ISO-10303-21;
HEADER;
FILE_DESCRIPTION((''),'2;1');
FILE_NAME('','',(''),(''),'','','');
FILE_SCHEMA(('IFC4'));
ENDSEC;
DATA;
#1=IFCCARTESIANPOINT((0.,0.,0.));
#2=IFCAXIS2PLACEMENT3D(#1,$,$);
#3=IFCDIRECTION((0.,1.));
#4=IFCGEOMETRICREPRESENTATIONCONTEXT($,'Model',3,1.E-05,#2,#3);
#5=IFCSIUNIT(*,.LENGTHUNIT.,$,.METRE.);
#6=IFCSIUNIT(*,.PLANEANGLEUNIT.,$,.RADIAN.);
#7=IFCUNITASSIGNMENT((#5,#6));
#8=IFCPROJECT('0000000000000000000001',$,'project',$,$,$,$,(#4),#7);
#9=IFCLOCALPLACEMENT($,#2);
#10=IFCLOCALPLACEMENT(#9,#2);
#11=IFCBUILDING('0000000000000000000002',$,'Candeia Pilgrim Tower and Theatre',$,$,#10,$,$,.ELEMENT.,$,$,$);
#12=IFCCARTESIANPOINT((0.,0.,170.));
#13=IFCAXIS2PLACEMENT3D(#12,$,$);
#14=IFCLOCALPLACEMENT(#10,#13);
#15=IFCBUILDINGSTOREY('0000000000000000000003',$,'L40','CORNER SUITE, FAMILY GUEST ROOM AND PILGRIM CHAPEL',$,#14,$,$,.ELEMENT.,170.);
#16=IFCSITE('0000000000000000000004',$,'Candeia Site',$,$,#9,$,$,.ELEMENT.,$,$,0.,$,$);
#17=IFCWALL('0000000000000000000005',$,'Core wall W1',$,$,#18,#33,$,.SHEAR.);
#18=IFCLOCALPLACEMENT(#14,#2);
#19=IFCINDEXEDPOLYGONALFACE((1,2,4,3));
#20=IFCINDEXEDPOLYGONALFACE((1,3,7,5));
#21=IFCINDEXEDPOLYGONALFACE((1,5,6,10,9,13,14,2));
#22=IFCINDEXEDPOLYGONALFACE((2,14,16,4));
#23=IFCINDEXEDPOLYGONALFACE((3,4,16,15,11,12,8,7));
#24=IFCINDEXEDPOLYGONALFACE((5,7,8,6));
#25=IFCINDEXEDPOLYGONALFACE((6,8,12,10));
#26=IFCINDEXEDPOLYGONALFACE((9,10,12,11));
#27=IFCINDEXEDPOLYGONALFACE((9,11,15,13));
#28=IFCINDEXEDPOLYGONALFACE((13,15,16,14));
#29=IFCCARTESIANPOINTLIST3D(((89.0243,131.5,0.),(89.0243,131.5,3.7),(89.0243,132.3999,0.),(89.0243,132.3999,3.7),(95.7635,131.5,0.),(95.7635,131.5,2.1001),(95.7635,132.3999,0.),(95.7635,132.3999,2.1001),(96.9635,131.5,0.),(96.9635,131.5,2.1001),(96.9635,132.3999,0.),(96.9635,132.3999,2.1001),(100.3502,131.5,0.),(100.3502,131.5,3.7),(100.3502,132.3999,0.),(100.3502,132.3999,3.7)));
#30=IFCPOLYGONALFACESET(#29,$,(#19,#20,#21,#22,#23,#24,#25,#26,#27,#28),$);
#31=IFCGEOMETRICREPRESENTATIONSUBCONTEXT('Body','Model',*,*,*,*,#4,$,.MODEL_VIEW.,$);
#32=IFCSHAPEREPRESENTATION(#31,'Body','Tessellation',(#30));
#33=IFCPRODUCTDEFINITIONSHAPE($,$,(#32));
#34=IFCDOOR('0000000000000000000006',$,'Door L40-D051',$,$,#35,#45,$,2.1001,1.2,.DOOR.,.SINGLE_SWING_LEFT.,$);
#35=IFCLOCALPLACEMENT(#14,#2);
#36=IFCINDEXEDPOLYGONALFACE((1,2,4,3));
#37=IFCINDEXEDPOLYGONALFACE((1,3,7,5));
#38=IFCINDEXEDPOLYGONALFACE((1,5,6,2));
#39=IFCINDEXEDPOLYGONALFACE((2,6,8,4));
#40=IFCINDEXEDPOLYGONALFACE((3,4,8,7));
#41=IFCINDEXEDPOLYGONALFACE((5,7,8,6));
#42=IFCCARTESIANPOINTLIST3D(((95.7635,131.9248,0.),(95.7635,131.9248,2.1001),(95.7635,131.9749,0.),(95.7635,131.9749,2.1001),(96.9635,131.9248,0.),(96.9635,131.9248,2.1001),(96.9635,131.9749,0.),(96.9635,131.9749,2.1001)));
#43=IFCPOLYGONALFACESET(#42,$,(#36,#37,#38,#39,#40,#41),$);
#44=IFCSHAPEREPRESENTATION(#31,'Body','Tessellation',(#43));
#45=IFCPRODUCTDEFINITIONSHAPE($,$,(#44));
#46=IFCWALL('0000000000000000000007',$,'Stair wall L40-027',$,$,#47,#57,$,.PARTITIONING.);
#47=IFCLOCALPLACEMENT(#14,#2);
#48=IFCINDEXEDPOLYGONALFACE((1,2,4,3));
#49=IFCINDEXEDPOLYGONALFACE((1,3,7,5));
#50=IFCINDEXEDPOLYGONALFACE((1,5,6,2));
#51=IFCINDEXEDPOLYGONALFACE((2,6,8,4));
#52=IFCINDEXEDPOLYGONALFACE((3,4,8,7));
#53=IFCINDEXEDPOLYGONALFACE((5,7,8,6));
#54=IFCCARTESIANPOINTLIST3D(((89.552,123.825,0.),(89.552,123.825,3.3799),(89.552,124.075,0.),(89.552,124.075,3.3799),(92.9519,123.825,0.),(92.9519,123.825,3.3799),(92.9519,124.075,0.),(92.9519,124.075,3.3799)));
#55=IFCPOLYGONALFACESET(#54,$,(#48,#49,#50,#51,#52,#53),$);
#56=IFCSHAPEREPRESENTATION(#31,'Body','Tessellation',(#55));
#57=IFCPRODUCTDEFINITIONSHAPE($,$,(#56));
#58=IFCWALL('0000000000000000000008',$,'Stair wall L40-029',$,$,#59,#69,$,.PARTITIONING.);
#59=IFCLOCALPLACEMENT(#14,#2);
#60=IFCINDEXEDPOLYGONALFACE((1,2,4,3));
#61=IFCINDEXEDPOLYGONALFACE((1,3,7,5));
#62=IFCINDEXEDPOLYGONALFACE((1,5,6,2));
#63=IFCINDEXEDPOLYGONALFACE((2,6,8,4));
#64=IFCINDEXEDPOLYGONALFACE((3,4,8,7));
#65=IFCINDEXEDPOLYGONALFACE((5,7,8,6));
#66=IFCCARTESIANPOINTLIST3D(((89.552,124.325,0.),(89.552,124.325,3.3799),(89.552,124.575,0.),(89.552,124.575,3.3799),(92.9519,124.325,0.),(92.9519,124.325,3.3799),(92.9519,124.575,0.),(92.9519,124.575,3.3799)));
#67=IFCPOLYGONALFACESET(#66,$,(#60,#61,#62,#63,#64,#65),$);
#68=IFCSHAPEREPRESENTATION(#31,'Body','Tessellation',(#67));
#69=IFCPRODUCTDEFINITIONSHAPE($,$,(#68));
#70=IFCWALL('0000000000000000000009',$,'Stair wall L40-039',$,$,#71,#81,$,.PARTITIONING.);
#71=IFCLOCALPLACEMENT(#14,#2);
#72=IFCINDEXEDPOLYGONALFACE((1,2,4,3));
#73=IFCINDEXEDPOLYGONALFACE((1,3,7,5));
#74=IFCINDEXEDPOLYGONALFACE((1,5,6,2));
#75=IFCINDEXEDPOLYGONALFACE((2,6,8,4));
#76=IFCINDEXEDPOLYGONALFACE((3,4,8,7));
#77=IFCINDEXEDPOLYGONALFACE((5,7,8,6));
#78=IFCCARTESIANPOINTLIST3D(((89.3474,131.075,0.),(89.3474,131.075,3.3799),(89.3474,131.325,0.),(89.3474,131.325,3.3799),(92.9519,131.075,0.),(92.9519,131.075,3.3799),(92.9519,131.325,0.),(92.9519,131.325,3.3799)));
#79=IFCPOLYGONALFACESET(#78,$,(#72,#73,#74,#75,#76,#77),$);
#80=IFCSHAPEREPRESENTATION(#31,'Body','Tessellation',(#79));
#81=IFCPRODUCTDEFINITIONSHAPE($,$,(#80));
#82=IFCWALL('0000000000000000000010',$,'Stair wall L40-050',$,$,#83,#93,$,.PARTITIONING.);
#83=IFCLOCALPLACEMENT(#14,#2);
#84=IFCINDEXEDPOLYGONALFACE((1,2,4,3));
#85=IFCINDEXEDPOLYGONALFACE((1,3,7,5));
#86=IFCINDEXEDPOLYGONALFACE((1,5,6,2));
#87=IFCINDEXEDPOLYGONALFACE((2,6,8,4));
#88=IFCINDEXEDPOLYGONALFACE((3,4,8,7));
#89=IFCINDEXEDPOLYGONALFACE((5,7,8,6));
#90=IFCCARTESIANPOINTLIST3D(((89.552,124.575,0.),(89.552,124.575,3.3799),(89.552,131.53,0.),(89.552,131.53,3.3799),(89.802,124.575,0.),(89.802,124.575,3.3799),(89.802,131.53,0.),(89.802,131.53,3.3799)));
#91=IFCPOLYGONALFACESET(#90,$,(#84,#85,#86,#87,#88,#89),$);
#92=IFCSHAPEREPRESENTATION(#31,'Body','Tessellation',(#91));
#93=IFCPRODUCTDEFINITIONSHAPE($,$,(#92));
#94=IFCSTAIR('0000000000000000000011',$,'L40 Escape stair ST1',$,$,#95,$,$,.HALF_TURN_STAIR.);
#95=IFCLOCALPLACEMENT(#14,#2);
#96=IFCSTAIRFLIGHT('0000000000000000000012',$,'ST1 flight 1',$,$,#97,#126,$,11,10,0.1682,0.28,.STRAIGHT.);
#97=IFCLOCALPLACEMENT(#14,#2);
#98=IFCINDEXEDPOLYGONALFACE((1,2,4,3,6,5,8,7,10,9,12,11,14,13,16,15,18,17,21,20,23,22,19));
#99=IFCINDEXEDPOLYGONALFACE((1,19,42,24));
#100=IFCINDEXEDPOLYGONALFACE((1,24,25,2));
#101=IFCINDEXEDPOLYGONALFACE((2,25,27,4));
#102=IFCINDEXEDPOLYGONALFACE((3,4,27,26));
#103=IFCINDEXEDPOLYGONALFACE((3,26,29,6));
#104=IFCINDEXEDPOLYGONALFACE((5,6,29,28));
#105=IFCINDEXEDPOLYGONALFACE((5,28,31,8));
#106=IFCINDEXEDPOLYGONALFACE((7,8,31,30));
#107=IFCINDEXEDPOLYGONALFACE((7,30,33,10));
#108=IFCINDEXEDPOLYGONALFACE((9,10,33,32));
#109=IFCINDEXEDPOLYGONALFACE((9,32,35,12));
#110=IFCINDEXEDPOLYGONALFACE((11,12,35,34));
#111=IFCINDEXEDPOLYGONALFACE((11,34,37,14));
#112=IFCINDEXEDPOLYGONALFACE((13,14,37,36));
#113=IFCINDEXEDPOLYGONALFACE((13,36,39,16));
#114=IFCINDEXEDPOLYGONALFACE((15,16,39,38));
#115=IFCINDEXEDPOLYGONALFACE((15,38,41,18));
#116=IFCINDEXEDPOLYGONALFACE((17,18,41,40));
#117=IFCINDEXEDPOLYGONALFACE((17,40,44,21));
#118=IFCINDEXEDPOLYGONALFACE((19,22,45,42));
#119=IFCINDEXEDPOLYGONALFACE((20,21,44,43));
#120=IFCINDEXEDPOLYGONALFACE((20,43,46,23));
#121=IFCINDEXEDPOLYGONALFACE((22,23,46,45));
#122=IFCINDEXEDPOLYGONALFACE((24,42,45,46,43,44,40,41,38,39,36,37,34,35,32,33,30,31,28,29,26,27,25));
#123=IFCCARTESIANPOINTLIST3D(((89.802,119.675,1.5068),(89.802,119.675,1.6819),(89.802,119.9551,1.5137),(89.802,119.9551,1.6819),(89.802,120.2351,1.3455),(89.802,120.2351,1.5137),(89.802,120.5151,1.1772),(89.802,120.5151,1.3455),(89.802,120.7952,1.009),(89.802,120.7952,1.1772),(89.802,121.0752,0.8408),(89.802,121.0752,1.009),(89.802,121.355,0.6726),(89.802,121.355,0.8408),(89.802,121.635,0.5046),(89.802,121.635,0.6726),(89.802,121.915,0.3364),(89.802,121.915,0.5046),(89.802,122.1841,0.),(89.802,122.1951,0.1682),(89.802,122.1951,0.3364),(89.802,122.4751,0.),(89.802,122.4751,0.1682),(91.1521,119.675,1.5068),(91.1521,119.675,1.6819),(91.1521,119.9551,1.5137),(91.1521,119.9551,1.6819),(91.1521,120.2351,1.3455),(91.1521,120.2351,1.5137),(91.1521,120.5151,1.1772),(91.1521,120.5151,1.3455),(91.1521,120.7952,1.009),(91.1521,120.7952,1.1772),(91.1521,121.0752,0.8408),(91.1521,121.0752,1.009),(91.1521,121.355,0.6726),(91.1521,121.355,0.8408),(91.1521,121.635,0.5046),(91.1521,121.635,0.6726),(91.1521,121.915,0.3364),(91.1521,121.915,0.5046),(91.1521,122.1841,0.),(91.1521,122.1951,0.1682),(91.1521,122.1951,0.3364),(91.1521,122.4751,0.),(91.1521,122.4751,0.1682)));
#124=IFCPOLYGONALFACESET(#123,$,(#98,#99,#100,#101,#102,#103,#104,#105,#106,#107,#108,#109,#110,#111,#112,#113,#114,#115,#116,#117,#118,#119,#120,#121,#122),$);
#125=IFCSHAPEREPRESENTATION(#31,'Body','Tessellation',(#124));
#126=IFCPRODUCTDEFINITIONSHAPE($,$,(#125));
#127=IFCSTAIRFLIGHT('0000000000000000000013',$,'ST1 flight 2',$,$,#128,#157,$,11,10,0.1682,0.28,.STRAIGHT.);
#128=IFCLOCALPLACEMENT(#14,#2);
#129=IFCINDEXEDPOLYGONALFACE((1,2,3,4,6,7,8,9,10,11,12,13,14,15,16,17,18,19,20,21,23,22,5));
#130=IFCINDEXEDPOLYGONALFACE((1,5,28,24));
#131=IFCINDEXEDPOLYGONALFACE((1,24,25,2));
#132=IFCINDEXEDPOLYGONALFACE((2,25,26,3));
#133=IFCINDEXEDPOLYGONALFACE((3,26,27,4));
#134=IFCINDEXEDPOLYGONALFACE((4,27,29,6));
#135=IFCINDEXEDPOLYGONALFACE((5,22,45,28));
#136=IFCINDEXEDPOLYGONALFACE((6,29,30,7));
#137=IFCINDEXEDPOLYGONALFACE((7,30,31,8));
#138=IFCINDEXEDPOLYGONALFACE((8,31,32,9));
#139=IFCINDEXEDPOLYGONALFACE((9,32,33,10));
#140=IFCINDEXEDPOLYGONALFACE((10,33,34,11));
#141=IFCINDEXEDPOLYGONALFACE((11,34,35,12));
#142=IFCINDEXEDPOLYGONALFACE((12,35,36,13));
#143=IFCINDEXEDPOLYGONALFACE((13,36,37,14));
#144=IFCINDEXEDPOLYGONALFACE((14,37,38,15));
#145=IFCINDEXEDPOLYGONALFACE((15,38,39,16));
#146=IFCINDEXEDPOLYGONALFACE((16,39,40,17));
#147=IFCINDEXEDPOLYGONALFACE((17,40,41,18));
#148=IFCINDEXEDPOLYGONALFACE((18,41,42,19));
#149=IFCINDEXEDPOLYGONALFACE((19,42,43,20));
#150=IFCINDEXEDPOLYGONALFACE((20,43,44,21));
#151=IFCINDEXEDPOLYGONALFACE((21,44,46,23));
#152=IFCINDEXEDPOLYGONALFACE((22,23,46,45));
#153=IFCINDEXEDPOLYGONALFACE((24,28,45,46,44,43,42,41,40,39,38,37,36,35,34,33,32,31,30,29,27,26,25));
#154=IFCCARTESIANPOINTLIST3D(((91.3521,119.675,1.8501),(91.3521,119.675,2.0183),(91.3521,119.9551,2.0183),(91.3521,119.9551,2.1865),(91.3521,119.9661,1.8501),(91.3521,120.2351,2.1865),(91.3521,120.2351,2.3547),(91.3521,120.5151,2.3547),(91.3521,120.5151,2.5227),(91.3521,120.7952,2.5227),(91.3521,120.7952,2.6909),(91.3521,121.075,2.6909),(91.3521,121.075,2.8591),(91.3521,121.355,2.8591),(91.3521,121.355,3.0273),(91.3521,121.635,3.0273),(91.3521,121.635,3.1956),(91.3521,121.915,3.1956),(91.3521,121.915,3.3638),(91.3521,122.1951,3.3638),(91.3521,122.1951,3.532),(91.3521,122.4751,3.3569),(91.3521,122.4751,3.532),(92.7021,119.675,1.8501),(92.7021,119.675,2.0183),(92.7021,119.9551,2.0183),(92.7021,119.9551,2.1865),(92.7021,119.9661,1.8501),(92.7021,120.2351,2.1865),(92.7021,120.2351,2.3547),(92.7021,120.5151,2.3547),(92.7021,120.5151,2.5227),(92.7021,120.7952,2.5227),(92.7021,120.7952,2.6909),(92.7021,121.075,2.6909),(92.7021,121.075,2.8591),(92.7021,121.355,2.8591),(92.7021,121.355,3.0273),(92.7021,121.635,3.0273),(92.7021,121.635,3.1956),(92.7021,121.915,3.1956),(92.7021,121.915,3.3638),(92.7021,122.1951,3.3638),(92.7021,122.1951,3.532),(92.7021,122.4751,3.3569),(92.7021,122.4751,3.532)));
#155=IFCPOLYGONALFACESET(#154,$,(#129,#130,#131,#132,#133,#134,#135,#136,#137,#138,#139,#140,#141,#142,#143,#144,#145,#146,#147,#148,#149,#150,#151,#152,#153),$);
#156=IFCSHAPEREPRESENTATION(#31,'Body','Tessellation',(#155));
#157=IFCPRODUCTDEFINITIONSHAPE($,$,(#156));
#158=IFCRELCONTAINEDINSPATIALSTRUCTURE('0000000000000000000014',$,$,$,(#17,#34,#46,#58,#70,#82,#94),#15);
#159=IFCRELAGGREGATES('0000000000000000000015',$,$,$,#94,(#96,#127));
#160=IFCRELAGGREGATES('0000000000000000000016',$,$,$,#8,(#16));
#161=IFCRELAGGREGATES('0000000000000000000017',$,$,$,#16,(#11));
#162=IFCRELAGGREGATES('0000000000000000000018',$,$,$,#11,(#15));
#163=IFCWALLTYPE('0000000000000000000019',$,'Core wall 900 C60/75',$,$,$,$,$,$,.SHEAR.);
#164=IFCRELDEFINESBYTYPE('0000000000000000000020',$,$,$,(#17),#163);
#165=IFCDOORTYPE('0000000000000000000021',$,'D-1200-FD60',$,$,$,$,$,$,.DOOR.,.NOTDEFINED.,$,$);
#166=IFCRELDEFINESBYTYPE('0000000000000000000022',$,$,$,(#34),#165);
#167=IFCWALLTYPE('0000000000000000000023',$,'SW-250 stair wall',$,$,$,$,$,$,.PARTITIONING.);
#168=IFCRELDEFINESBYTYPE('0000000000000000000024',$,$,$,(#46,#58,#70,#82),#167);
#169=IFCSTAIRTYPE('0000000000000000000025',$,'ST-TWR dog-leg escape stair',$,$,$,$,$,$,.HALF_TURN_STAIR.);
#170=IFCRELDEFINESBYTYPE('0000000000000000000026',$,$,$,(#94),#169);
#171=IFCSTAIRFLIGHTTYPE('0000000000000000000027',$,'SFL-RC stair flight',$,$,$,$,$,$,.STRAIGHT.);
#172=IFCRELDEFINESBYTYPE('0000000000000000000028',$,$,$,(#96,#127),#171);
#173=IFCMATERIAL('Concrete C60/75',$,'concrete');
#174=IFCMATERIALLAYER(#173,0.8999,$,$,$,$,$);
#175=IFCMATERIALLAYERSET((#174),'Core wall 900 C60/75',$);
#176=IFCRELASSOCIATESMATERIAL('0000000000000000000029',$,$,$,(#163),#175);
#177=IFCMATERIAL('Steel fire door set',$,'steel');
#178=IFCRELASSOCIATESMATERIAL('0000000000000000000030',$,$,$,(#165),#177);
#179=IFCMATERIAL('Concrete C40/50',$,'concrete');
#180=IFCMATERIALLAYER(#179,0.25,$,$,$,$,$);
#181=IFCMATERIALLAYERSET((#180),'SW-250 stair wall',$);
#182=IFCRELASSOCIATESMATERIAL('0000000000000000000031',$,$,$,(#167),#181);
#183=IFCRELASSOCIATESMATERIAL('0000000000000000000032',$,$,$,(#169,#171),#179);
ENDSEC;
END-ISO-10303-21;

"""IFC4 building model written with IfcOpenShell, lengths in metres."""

from ifc_helpers import new_model, si_unit, direction, frame, frame_2d, origin, place, context, subcontext, project, spatial, polyline, rectangle, outline, extrude, material, layer, layer_set, type_object, element, fill, aggregate, save


model = new_model("IFC4")

# Units and contexts
model_context = context("Model", 3, precision=1e-05, world=origin(), true_north=direction((0.0, 1.0)))
body_context = subcontext(model_context, "Body", "Model", "MODEL_VIEW")
ifc_project = project(units=[si_unit("LENGTHUNIT", "METRE"), si_unit("PLANEANGLEUNIT", "RADIAN")], contexts=[model_context])

# Site, building, storey
site_placement = place(None, origin())
site = spatial("IfcSite", under=ifc_project, at=site_placement, Name="Candeia Site", CompositionType="ELEMENT", RefElevation=0.0)
building_placement = place(site_placement, origin())
building = spatial("IfcBuilding", under=site, at=building_placement, Name="Candeia Pilgrim Tower and Theatre", CompositionType="ELEMENT")
storey_placement = place(building_placement, frame((0.0, 0.0, 170.0)))
storey = spatial("IfcBuildingStorey", under=building, at=storey_placement, Name="L40", Description="CORNER SUITE, FAMILY GUEST ROOM AND PILGRIM CHAPEL", CompositionType="ELEMENT", Elevation=170.0)

# Wall, opening, door
ifc_material_1 = material(Name="Concrete C60/75", Category="concrete")
ifc_layer_1 = layer(ifc_material_1, 0.8999)
ifc_layer_set_1 = layer_set([ifc_layer_1], Name="Core wall 900 C60/75")
wall_type_1 = type_object("IfcWallType", Name="Core wall 900 C60/75", PredefinedType="SHEAR", material=ifc_layer_set_1)
wall_1_placement = place(storey_placement, frame((89.0242, 131.95, 0.0), z_axis=(0.0, 0.0, 1.0), x_axis=(1.0, 0.0, 0.0)))
wall_1 = element("IfcWall", 1, at=wall_1_placement, inside=storey, type_object=wall_type_1, Name="Core wall W1", PredefinedType="SHEAR", context=body_context, shape_type="SweptSolid", body=[
    extrude(rectangle(XDim=11.3259, YDim=0.8999, at=frame_2d((5.6631, 0.0))), origin(), (0.0, 0.0, 1.0), 3.7),
])
opening_placement = place(wall_1_placement, frame((6.7393, 0.0, 0.0)))
opening = element("IfcOpeningElement", 2, at=opening_placement, cuts=wall_1, PredefinedType="OPENING", context=body_context, shape_type="SweptSolid", body=[
    extrude(rectangle(XDim=1.2, YDim=2.1001, at=frame_2d((0.6001, 1.05))), frame((0.0, 0.46, 0.0), z_axis=(0.0, -1.0, 0.0), x_axis=(1.0, 0.0, 0.0)), (0.0, 0.0, 1.0), 0.9199),
])
ifc_material_2 = material(Name="Steel fire door set", Category="steel")
door_type = type_object("IfcDoorType", Name="D-1200-FD60", OperationType="NOTDEFINED", PredefinedType="DOOR", material=ifc_material_2)
door_placement = place(opening_placement, origin())
door = element("IfcDoor", 3, at=door_placement, inside=storey, type_object=door_type, Name="Door L40-D051", OperationType="SINGLE_SWING_LEFT", OverallHeight=2.1001, OverallWidth=1.2, PredefinedType="DOOR", context=body_context, shape_type="SweptSolid", body=[
    extrude(rectangle(XDim=1.2, YDim=2.1001, at=frame_2d((0.6001, 1.05))), frame((0.0, 0.0249, 0.0), z_axis=(0.0, -1.0, 0.0), x_axis=(1.0, 0.0, 0.0)), (0.0, 0.0, 1.0), 0.05),
])
fill(opening, door)

# Walls
ifc_material_3 = material(Name="Concrete C40/50", Category="concrete")
ifc_layer_2 = layer(ifc_material_3, 0.25)
ifc_layer_set_2 = layer_set([ifc_layer_2], Name="SW-250 stair wall")
wall_type_2 = type_object("IfcWallType", Name="SW-250 stair wall", PredefinedType="PARTITIONING", material=ifc_layer_set_2)
for number, where, z_axis, x_axis, name in (
    (4, (89.552, 123.95, 0.0), (0.0, 0.0, 1.0), (1.0, 0.0, 0.0), "Stair wall L40-027"),
    (5, (89.552, 124.45, 0.0), (0.0, 0.0, 1.0), (1.0, 0.0, 0.0), "Stair wall L40-029"),
):
    element("IfcWall", number, at=place(storey_placement, frame(where, z_axis=z_axis, x_axis=x_axis)), inside=storey, type_object=wall_type_2, Name=name, PredefinedType="PARTITIONING", context=body_context, shape_type="SweptSolid", body=[
        extrude(rectangle(XDim=3.3999, YDim=0.25, at=frame_2d((1.7, 0.0))), origin(), (0.0, 0.0, 1.0), 3.3799),
    ])
wall_2_placement = place(storey_placement, frame((89.3474, 131.2, 0.0), z_axis=(0.0, 0.0, 1.0), x_axis=(1.0, 0.0, 0.0)))
element("IfcWall", 6, at=wall_2_placement, inside=storey, type_object=wall_type_2, Name="Stair wall L40-039", PredefinedType="PARTITIONING", context=body_context, shape_type="SweptSolid", body=[
    extrude(rectangle(XDim=3.6045, YDim=0.25, at=frame_2d((1.8022, 0.0))), origin(), (0.0, 0.0, 1.0), 3.3799),
])
wall_3_placement = place(storey_placement, frame((89.677, 124.575, 0.0), z_axis=(0.0, 0.0, 1.0), x_axis=(0.0, 1.0, 0.0)))
element("IfcWall", 7, at=wall_3_placement, inside=storey, type_object=wall_type_2, Name="Stair wall L40-050", PredefinedType="PARTITIONING", context=body_context, shape_type="SweptSolid", body=[
    extrude(rectangle(XDim=6.9551, YDim=0.25, at=frame_2d((3.4775, 0.0))), origin(), (0.0, 0.0, 1.0), 3.3799),
])

# Stair, stair flights
stair_type = type_object("IfcStairType", Name="ST-TWR dog-leg escape stair", PredefinedType="HALF_TURN_STAIR", material=ifc_material_3)
stair_1_placement = place(storey_placement, origin())
stair_1 = element("IfcStair", 8, at=stair_1_placement, inside=storey, type_object=stair_type, Name="L40 Escape stair ST1", PredefinedType="HALF_TURN_STAIR")
stair_flight_type = type_object("IfcStairFlightType", Name="SFL-RC stair flight", PredefinedType="STRAIGHT", material=ifc_material_3)
stair_flight_1_placement = place(storey_placement, frame((90.4771, 122.4751, 0.0), z_axis=(0.0, 0.0, 1.0), x_axis=(0.0, -1.0, 0.0)))
stair_flight_1 = element("IfcStairFlight", 9, at=stair_flight_1_placement, type_object=stair_flight_type, Name="ST1 flight 1", NumberOfRisers=11, NumberOfTreads=10, PredefinedType="STRAIGHT", RiserHeight=0.1682, TreadLength=0.28, context=body_context, shape_type="SweptSolid", body=[
    extrude(outline(polyline([(0.0, 0.0), (0.0, 0.1682), (0.28, 0.1682), (0.28, 0.3364), (0.5601, 0.3364), (0.5601, 0.5046), (0.8401, 0.5046), (0.8401, 0.6726), (1.1201, 0.6726), (1.1201, 0.8408), (1.3999, 0.8408), (1.3999, 1.009), (1.6799, 1.009), (1.6799, 1.1772), (1.96, 1.1772), (1.96, 1.3455), (2.24, 1.3455), (2.24, 1.5137), (2.52, 1.5137), (2.52, 1.6819), (2.8, 1.6819), (2.8, 1.8501), (2.8, 1.5068), (0.291, 0.0), (0.0, 0.0)])), frame((0.0, 0.675, 0.0), z_axis=(0.0, -1.0, 0.0), x_axis=(1.0, 0.0, 0.0)), (0.0, 0.0, 1.0), 1.3501),
])
stair_flight_2_placement = place(storey_placement, frame((92.0271, 119.675, 1.8501), z_axis=(0.0, 0.0, 1.0), x_axis=(0.0, 1.0, 0.0)))
stair_flight_2 = element("IfcStairFlight", 10, at=stair_flight_2_placement, type_object=stair_flight_type, Name="ST1 flight 2", NumberOfRisers=11, NumberOfTreads=10, PredefinedType="STRAIGHT", RiserHeight=0.1682, TreadLength=0.28, context=body_context, shape_type="SweptSolid", body=[
    extrude(outline(polyline([(0.0, 0.0), (0.0, 0.1682), (0.28, 0.1682), (0.28, 0.3364), (0.5601, 0.3364), (0.5601, 0.5046), (0.8401, 0.5046), (0.8401, 0.6726), (1.1201, 0.6726), (1.1201, 0.8408), (1.3999, 0.8408), (1.3999, 1.009), (1.6799, 1.009), (1.6799, 1.1772), (1.96, 1.1772), (1.96, 1.3455), (2.24, 1.3455), (2.24, 1.5137), (2.52, 1.5137), (2.52, 1.6819), (2.8, 1.6819), (2.8, 1.8501), (2.8, 1.5068), (0.291, 0.0), (0.0, 0.0)])), frame((0.0, 0.675, 0.0), z_axis=(0.0, -1.0, 0.0), x_axis=(1.0, 0.0, 0.0)), (0.0, 0.0, 1.0), 1.3501),
])
aggregate(stair_1, [stair_flight_1, stair_flight_2])

save(model, "model.ifc")
